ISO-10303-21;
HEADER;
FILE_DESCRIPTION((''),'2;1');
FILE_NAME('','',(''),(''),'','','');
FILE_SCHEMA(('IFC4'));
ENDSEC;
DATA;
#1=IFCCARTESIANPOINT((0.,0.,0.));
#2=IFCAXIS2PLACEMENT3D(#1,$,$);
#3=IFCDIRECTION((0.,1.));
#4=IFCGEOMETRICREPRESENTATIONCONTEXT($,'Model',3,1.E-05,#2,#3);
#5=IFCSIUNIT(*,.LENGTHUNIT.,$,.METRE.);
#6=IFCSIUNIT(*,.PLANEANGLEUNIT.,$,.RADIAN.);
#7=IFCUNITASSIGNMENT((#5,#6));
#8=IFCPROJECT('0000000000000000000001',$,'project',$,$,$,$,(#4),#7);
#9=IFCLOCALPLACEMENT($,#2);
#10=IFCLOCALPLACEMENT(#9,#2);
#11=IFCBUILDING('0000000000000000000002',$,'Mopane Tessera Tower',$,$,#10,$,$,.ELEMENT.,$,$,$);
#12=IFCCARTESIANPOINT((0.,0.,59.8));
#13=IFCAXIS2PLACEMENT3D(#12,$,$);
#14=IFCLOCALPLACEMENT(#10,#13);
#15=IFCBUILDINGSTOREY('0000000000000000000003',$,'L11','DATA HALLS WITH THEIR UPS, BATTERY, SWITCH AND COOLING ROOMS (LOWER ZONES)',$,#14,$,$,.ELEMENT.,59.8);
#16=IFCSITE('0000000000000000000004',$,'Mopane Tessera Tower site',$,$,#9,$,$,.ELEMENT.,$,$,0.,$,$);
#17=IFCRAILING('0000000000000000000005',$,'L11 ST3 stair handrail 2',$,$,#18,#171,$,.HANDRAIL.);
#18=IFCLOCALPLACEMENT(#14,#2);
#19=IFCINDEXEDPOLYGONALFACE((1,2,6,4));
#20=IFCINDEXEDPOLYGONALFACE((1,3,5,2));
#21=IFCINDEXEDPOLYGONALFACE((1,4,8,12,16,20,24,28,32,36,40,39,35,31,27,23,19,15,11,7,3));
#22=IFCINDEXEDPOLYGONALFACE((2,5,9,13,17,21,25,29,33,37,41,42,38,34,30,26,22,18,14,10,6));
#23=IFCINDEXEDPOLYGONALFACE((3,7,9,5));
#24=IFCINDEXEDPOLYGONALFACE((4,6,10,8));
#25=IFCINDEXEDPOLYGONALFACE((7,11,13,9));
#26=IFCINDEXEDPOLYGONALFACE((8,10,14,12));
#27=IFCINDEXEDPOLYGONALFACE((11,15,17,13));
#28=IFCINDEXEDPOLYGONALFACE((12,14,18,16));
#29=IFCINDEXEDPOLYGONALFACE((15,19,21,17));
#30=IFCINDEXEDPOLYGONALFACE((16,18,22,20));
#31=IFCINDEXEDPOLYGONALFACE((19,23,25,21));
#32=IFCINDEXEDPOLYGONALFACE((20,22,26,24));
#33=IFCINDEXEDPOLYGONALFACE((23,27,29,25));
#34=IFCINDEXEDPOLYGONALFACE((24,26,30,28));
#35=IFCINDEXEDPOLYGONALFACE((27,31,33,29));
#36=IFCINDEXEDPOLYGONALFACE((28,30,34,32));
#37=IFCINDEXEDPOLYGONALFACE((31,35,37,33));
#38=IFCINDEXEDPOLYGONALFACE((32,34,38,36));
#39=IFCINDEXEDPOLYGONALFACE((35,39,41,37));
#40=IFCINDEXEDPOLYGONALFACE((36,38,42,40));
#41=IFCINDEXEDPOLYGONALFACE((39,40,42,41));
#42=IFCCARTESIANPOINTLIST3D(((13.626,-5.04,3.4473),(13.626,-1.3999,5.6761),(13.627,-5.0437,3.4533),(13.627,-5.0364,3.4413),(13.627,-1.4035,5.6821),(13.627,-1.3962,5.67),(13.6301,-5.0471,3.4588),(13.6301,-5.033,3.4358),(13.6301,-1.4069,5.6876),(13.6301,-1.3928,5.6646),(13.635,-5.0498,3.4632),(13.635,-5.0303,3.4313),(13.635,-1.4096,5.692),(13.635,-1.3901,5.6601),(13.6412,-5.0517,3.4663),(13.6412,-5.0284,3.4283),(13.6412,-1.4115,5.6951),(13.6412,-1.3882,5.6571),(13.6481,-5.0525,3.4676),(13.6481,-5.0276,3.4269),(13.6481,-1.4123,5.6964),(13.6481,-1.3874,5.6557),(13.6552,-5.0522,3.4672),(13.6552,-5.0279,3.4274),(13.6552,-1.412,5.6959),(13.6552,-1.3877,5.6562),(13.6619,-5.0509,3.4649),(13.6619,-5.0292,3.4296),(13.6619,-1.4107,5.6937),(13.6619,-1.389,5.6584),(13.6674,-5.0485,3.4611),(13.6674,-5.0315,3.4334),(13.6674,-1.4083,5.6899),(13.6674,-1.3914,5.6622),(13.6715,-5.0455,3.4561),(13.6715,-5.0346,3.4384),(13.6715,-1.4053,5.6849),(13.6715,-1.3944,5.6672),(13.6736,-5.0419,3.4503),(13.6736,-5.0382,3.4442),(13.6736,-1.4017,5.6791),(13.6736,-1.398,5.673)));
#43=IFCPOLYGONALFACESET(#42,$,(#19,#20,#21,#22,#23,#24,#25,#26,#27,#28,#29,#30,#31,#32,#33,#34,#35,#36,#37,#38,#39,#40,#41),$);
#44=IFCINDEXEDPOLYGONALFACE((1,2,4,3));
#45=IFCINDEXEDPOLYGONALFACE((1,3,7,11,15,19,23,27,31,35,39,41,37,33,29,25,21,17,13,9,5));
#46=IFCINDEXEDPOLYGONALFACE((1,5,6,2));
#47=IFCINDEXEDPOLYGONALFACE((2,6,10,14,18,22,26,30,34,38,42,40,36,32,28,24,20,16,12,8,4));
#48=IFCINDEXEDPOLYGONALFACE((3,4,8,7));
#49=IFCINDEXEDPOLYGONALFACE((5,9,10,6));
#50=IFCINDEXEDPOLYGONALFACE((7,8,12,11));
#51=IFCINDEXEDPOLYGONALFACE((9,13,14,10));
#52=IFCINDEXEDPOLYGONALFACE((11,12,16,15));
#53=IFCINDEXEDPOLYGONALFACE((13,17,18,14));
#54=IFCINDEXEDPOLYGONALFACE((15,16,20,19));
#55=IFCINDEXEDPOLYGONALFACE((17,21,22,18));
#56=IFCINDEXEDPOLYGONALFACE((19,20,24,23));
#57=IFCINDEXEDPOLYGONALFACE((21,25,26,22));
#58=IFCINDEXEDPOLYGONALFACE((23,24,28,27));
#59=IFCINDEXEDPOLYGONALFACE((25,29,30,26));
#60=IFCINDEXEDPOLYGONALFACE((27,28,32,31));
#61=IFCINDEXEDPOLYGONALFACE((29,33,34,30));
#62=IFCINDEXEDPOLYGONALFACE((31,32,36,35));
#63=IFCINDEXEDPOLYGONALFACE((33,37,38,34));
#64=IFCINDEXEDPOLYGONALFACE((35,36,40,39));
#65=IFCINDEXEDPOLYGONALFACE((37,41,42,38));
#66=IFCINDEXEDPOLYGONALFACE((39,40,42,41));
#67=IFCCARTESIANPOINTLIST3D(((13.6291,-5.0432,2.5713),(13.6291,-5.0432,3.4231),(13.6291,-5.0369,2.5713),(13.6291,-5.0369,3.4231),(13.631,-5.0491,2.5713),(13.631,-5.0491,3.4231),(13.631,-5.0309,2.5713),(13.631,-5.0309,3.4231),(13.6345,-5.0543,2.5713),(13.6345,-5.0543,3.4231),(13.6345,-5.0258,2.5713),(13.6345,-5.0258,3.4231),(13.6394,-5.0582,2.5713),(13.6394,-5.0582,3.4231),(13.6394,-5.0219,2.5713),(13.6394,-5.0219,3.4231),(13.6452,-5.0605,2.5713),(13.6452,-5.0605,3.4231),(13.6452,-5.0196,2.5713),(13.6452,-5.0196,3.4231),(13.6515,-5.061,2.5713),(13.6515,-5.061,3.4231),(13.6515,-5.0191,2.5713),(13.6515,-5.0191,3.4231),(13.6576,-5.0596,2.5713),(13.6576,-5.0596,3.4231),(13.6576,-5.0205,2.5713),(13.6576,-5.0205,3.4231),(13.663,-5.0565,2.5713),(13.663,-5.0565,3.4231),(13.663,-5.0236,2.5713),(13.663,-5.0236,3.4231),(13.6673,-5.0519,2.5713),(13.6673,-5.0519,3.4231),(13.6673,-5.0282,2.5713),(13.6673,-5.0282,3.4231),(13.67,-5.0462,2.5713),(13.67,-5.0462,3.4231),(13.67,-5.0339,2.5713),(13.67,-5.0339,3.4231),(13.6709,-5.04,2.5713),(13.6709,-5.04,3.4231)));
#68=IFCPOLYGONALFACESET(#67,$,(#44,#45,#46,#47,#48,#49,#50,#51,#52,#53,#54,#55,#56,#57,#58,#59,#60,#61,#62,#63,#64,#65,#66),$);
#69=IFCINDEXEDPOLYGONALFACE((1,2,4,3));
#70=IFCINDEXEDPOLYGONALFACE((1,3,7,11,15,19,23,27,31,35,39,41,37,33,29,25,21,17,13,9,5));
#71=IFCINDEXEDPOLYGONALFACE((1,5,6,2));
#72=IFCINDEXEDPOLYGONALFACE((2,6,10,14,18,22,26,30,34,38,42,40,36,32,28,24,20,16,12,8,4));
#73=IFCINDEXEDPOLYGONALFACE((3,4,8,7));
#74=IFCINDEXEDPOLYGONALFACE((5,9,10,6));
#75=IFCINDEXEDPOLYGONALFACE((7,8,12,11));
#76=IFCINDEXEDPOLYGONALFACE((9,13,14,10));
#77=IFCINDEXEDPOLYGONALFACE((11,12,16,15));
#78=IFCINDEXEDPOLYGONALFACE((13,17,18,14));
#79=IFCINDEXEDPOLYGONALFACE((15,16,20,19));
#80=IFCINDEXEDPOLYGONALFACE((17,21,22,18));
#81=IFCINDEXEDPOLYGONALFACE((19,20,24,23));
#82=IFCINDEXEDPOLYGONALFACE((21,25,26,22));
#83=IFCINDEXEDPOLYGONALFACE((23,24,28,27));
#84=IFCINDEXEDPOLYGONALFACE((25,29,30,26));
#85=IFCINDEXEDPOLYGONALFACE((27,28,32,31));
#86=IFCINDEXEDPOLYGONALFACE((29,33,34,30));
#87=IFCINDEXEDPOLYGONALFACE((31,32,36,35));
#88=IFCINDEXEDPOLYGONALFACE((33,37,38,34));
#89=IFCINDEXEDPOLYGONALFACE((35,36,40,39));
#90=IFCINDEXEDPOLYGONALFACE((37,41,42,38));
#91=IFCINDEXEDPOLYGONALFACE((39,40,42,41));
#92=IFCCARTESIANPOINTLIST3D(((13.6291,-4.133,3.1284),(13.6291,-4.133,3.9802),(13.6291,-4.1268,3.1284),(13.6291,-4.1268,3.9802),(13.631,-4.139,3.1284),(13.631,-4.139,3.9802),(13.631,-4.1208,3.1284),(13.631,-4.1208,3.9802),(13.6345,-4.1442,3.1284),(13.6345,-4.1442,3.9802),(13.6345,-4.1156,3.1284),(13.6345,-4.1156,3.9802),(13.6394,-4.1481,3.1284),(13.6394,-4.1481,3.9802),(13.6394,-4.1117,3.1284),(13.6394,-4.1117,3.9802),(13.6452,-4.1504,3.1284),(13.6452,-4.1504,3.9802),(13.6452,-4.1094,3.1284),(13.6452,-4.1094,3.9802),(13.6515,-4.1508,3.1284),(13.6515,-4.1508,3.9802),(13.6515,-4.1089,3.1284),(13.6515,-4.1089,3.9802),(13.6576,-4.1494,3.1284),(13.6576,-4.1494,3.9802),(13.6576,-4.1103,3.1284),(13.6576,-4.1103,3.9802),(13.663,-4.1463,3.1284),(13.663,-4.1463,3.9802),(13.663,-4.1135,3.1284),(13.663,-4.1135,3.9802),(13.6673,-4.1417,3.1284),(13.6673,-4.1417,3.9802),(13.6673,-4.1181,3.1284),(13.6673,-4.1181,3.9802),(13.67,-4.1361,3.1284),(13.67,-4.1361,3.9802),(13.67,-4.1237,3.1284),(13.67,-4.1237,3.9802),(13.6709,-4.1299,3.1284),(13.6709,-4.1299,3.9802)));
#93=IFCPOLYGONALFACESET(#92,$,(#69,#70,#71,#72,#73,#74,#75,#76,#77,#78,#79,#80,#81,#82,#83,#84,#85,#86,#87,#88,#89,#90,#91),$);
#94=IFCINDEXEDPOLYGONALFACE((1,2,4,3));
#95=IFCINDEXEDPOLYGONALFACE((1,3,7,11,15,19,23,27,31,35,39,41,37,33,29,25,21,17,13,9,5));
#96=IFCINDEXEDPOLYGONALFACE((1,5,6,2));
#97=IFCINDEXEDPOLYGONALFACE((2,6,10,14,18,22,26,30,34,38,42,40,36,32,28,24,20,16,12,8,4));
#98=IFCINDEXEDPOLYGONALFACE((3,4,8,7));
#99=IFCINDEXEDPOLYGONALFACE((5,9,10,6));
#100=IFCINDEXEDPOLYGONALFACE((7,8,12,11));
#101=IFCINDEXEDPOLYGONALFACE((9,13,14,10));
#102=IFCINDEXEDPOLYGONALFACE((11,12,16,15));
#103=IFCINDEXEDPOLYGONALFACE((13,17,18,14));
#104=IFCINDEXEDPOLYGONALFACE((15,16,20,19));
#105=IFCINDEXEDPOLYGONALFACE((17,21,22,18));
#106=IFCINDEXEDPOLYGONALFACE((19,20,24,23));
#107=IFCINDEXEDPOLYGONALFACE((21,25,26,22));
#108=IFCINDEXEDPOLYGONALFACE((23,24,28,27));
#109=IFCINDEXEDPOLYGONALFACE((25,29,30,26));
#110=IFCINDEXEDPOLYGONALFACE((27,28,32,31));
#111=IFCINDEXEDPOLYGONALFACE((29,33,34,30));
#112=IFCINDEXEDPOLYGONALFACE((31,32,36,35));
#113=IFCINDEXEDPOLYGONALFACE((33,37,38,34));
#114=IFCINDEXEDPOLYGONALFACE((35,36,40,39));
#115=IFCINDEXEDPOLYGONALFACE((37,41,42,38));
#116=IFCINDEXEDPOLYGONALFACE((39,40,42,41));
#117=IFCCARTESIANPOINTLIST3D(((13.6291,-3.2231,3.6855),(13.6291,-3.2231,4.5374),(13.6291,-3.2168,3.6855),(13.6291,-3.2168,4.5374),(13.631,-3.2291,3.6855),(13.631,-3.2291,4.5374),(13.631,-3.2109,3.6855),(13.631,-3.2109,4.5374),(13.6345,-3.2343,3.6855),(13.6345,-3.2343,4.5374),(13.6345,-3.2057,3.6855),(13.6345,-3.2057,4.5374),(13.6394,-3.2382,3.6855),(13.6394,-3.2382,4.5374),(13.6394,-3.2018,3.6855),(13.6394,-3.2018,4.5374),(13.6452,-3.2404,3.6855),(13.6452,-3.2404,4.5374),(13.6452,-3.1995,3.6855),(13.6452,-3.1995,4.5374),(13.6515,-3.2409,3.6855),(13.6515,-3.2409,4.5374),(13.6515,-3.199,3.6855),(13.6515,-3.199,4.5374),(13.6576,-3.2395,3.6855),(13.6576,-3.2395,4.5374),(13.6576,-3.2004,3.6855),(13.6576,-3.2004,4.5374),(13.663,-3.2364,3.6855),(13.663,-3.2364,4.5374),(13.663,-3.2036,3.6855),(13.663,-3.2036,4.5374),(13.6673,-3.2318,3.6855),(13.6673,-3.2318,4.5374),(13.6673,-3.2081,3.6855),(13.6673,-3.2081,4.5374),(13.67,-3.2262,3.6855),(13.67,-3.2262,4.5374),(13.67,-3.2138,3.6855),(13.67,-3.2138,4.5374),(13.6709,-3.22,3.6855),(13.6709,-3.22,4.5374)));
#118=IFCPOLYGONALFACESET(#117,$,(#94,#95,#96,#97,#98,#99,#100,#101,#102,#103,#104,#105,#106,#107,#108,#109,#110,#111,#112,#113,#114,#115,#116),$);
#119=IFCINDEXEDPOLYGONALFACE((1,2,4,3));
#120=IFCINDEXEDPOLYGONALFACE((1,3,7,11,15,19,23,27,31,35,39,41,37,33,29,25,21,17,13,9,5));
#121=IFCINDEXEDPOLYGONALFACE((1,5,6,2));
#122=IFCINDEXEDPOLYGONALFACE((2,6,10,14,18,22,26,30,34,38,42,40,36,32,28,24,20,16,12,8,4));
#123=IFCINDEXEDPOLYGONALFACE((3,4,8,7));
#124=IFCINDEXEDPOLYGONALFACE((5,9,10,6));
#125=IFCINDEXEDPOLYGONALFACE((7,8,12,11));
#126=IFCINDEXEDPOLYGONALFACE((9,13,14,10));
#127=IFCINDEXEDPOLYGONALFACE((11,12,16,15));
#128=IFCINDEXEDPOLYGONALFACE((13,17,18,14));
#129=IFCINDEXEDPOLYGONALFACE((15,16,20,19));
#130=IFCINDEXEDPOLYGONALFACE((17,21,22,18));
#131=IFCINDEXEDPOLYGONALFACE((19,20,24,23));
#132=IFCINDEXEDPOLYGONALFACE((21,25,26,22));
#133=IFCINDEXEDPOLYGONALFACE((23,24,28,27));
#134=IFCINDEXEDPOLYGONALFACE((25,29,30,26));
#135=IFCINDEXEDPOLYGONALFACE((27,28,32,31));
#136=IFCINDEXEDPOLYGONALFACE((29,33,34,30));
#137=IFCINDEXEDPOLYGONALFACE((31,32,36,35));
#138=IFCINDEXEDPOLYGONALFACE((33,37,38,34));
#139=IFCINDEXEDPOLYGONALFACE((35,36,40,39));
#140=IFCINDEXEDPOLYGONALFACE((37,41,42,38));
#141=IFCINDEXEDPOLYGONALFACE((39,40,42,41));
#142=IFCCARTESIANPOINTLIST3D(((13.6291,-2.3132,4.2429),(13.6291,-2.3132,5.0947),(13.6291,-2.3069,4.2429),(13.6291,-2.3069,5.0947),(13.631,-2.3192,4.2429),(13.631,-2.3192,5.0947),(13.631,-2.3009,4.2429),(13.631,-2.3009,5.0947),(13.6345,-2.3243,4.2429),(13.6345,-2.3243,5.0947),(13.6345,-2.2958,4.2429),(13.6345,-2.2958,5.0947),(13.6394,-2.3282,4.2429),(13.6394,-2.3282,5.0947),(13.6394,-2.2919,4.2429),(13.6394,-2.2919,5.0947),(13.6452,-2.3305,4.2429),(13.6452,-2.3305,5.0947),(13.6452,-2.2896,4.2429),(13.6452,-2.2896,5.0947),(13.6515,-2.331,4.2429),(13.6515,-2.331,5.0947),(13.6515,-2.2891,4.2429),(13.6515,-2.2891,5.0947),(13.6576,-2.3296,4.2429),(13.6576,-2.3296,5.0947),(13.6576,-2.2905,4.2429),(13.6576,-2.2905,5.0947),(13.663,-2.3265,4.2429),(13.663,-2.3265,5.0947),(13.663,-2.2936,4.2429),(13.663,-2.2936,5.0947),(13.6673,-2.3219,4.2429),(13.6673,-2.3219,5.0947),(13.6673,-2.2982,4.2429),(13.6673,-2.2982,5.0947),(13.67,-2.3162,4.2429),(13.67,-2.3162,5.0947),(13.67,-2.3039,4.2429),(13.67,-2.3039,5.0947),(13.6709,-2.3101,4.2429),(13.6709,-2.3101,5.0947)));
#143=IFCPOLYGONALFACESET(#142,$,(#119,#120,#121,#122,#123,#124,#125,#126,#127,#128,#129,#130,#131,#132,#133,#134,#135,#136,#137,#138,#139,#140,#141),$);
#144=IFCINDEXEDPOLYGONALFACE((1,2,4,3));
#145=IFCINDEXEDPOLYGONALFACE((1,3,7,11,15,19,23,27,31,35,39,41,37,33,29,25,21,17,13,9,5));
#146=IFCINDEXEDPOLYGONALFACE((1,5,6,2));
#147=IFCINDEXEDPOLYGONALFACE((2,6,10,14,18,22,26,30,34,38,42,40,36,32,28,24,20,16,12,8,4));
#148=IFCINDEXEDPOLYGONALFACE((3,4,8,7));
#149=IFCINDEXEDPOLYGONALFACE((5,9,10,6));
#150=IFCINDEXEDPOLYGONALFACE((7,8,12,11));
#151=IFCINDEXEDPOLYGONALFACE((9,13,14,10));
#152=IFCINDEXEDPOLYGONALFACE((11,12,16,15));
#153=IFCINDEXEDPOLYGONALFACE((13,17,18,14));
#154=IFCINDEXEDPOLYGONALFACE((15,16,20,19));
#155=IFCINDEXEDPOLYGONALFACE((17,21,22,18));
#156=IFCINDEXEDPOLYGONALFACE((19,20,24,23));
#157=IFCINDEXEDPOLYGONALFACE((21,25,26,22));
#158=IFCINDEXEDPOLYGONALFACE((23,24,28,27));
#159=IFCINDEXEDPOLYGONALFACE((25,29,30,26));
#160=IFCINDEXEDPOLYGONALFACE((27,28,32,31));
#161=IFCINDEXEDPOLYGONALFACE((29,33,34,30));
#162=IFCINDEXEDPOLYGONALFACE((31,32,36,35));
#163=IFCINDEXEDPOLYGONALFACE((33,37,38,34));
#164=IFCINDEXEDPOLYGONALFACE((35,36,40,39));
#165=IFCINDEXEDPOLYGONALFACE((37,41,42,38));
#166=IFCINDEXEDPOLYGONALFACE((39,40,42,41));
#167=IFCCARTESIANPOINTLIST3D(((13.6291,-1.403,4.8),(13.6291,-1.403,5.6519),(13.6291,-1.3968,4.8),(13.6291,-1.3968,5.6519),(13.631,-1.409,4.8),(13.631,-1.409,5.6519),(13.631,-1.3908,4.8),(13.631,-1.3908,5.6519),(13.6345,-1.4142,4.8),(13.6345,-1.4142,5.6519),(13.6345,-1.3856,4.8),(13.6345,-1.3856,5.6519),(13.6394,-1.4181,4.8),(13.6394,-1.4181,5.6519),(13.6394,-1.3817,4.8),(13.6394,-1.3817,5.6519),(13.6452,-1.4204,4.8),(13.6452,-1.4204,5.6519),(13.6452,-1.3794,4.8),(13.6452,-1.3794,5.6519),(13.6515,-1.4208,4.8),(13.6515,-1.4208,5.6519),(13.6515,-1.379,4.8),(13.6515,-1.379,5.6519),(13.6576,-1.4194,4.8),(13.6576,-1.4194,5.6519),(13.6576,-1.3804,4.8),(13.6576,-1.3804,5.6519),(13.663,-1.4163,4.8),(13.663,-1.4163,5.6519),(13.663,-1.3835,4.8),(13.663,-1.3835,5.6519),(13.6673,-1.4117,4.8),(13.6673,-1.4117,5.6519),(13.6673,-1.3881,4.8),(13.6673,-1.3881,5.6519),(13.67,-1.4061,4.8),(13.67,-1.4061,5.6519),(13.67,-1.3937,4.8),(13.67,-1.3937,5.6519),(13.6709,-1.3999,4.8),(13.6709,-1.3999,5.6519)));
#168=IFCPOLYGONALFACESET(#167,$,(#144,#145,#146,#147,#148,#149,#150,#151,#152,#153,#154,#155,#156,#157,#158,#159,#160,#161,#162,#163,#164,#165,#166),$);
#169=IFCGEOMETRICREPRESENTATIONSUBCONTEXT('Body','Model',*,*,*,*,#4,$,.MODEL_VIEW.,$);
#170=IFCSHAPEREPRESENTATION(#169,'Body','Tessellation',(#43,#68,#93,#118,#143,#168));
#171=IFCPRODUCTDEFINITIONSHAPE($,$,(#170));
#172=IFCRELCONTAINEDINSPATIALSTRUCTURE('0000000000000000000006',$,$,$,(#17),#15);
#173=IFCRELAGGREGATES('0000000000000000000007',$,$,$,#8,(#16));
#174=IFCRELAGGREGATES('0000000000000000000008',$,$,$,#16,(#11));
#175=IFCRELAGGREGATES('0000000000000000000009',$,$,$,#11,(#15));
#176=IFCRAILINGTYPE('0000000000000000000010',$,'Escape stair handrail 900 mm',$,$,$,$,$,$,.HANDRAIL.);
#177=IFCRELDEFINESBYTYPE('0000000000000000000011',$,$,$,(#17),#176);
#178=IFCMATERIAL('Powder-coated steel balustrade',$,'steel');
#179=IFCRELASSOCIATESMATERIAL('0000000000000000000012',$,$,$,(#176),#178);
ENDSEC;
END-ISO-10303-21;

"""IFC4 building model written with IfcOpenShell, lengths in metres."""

from ifc_helpers import new_model, si_unit, direction, frame, origin, origin_2d, place, context, subcontext, project, spatial, circle, extrude, material, type_object, element, save


model = new_model("IFC4")

# Units and contexts
model_context = context("Model", 3, precision=1e-05, world=origin(), true_north=direction((0.0, 1.0)))
body_context = subcontext(model_context, "Body", "Model", "MODEL_VIEW")
ifc_project = project(units=[si_unit("LENGTHUNIT", "METRE"), si_unit("PLANEANGLEUNIT", "RADIAN")], contexts=[model_context])

# Site, building, storey
site_placement = place(None, origin())
site = spatial("IfcSite", under=ifc_project, at=site_placement, Name="Mopane Tessera Tower site", CompositionType="ELEMENT", RefElevation=0.0)
building_placement = place(site_placement, origin())
building = spatial("IfcBuilding", under=site, at=building_placement, Name="Mopane Tessera Tower", CompositionType="ELEMENT")
storey_placement = place(building_placement, frame((0.0, 0.0, 59.8)))
storey = spatial("IfcBuildingStorey", under=building, at=storey_placement, Name="L11", Description="DATA HALLS WITH THEIR UPS, BATTERY, SWITCH AND COOLING ROOMS (LOWER ZONES)", CompositionType="ELEMENT", Elevation=59.8)

# Railing
ifc_material_1 = material(Name="Powder-coated steel balustrade", Category="steel")
railing_type_1 = type_object("IfcRailingType", Name="Escape stair handrail 900 mm", PredefinedType="HANDRAIL", material=ifc_material_1)
railing_1_placement = place(storey_placement, frame((13.6499, -5.04, 2.5713)))
element("IfcRailing", 1, at=railing_1_placement, inside=storey, type_object=railing_type_1, Name="L11 ST3 stair handrail 2", PredefinedType="HANDRAIL", context=body_context, shape_type="SweptSolid", body=[
    extrude(circle(Radius=0.0239, at=origin_2d()), frame((0.0, 0.0, 0.876), z_axis=(0.0, 0.85284, 0.522172), x_axis=(-1.0, 0.0, 0.0)), (0.0, 0.0, 1.0), 4.2683),
    extrude(circle(Radius=0.021, at=origin_2d()), origin(), (0.0, 0.0, 1.0), 0.8518),
    extrude(circle(Radius=0.021, at=origin_2d()), frame((0.0, 0.9102, 0.5571)), (0.0, 0.0, 1.0), 0.8518),
    extrude(circle(Radius=0.021, at=origin_2d()), frame((0.0, 1.8201, 1.1143)), (0.0, 0.0, 1.0), 0.8518),
    extrude(circle(Radius=0.021, at=origin_2d()), frame((0.0, 2.73, 1.6716)), (0.0, 0.0, 1.0), 0.8518),
    extrude(circle(Radius=0.021, at=origin_2d()), frame((0.0, 3.6401, 2.2288)), (0.0, 0.0, 1.0), 0.8518),
])

save(model, "model.ifc")
